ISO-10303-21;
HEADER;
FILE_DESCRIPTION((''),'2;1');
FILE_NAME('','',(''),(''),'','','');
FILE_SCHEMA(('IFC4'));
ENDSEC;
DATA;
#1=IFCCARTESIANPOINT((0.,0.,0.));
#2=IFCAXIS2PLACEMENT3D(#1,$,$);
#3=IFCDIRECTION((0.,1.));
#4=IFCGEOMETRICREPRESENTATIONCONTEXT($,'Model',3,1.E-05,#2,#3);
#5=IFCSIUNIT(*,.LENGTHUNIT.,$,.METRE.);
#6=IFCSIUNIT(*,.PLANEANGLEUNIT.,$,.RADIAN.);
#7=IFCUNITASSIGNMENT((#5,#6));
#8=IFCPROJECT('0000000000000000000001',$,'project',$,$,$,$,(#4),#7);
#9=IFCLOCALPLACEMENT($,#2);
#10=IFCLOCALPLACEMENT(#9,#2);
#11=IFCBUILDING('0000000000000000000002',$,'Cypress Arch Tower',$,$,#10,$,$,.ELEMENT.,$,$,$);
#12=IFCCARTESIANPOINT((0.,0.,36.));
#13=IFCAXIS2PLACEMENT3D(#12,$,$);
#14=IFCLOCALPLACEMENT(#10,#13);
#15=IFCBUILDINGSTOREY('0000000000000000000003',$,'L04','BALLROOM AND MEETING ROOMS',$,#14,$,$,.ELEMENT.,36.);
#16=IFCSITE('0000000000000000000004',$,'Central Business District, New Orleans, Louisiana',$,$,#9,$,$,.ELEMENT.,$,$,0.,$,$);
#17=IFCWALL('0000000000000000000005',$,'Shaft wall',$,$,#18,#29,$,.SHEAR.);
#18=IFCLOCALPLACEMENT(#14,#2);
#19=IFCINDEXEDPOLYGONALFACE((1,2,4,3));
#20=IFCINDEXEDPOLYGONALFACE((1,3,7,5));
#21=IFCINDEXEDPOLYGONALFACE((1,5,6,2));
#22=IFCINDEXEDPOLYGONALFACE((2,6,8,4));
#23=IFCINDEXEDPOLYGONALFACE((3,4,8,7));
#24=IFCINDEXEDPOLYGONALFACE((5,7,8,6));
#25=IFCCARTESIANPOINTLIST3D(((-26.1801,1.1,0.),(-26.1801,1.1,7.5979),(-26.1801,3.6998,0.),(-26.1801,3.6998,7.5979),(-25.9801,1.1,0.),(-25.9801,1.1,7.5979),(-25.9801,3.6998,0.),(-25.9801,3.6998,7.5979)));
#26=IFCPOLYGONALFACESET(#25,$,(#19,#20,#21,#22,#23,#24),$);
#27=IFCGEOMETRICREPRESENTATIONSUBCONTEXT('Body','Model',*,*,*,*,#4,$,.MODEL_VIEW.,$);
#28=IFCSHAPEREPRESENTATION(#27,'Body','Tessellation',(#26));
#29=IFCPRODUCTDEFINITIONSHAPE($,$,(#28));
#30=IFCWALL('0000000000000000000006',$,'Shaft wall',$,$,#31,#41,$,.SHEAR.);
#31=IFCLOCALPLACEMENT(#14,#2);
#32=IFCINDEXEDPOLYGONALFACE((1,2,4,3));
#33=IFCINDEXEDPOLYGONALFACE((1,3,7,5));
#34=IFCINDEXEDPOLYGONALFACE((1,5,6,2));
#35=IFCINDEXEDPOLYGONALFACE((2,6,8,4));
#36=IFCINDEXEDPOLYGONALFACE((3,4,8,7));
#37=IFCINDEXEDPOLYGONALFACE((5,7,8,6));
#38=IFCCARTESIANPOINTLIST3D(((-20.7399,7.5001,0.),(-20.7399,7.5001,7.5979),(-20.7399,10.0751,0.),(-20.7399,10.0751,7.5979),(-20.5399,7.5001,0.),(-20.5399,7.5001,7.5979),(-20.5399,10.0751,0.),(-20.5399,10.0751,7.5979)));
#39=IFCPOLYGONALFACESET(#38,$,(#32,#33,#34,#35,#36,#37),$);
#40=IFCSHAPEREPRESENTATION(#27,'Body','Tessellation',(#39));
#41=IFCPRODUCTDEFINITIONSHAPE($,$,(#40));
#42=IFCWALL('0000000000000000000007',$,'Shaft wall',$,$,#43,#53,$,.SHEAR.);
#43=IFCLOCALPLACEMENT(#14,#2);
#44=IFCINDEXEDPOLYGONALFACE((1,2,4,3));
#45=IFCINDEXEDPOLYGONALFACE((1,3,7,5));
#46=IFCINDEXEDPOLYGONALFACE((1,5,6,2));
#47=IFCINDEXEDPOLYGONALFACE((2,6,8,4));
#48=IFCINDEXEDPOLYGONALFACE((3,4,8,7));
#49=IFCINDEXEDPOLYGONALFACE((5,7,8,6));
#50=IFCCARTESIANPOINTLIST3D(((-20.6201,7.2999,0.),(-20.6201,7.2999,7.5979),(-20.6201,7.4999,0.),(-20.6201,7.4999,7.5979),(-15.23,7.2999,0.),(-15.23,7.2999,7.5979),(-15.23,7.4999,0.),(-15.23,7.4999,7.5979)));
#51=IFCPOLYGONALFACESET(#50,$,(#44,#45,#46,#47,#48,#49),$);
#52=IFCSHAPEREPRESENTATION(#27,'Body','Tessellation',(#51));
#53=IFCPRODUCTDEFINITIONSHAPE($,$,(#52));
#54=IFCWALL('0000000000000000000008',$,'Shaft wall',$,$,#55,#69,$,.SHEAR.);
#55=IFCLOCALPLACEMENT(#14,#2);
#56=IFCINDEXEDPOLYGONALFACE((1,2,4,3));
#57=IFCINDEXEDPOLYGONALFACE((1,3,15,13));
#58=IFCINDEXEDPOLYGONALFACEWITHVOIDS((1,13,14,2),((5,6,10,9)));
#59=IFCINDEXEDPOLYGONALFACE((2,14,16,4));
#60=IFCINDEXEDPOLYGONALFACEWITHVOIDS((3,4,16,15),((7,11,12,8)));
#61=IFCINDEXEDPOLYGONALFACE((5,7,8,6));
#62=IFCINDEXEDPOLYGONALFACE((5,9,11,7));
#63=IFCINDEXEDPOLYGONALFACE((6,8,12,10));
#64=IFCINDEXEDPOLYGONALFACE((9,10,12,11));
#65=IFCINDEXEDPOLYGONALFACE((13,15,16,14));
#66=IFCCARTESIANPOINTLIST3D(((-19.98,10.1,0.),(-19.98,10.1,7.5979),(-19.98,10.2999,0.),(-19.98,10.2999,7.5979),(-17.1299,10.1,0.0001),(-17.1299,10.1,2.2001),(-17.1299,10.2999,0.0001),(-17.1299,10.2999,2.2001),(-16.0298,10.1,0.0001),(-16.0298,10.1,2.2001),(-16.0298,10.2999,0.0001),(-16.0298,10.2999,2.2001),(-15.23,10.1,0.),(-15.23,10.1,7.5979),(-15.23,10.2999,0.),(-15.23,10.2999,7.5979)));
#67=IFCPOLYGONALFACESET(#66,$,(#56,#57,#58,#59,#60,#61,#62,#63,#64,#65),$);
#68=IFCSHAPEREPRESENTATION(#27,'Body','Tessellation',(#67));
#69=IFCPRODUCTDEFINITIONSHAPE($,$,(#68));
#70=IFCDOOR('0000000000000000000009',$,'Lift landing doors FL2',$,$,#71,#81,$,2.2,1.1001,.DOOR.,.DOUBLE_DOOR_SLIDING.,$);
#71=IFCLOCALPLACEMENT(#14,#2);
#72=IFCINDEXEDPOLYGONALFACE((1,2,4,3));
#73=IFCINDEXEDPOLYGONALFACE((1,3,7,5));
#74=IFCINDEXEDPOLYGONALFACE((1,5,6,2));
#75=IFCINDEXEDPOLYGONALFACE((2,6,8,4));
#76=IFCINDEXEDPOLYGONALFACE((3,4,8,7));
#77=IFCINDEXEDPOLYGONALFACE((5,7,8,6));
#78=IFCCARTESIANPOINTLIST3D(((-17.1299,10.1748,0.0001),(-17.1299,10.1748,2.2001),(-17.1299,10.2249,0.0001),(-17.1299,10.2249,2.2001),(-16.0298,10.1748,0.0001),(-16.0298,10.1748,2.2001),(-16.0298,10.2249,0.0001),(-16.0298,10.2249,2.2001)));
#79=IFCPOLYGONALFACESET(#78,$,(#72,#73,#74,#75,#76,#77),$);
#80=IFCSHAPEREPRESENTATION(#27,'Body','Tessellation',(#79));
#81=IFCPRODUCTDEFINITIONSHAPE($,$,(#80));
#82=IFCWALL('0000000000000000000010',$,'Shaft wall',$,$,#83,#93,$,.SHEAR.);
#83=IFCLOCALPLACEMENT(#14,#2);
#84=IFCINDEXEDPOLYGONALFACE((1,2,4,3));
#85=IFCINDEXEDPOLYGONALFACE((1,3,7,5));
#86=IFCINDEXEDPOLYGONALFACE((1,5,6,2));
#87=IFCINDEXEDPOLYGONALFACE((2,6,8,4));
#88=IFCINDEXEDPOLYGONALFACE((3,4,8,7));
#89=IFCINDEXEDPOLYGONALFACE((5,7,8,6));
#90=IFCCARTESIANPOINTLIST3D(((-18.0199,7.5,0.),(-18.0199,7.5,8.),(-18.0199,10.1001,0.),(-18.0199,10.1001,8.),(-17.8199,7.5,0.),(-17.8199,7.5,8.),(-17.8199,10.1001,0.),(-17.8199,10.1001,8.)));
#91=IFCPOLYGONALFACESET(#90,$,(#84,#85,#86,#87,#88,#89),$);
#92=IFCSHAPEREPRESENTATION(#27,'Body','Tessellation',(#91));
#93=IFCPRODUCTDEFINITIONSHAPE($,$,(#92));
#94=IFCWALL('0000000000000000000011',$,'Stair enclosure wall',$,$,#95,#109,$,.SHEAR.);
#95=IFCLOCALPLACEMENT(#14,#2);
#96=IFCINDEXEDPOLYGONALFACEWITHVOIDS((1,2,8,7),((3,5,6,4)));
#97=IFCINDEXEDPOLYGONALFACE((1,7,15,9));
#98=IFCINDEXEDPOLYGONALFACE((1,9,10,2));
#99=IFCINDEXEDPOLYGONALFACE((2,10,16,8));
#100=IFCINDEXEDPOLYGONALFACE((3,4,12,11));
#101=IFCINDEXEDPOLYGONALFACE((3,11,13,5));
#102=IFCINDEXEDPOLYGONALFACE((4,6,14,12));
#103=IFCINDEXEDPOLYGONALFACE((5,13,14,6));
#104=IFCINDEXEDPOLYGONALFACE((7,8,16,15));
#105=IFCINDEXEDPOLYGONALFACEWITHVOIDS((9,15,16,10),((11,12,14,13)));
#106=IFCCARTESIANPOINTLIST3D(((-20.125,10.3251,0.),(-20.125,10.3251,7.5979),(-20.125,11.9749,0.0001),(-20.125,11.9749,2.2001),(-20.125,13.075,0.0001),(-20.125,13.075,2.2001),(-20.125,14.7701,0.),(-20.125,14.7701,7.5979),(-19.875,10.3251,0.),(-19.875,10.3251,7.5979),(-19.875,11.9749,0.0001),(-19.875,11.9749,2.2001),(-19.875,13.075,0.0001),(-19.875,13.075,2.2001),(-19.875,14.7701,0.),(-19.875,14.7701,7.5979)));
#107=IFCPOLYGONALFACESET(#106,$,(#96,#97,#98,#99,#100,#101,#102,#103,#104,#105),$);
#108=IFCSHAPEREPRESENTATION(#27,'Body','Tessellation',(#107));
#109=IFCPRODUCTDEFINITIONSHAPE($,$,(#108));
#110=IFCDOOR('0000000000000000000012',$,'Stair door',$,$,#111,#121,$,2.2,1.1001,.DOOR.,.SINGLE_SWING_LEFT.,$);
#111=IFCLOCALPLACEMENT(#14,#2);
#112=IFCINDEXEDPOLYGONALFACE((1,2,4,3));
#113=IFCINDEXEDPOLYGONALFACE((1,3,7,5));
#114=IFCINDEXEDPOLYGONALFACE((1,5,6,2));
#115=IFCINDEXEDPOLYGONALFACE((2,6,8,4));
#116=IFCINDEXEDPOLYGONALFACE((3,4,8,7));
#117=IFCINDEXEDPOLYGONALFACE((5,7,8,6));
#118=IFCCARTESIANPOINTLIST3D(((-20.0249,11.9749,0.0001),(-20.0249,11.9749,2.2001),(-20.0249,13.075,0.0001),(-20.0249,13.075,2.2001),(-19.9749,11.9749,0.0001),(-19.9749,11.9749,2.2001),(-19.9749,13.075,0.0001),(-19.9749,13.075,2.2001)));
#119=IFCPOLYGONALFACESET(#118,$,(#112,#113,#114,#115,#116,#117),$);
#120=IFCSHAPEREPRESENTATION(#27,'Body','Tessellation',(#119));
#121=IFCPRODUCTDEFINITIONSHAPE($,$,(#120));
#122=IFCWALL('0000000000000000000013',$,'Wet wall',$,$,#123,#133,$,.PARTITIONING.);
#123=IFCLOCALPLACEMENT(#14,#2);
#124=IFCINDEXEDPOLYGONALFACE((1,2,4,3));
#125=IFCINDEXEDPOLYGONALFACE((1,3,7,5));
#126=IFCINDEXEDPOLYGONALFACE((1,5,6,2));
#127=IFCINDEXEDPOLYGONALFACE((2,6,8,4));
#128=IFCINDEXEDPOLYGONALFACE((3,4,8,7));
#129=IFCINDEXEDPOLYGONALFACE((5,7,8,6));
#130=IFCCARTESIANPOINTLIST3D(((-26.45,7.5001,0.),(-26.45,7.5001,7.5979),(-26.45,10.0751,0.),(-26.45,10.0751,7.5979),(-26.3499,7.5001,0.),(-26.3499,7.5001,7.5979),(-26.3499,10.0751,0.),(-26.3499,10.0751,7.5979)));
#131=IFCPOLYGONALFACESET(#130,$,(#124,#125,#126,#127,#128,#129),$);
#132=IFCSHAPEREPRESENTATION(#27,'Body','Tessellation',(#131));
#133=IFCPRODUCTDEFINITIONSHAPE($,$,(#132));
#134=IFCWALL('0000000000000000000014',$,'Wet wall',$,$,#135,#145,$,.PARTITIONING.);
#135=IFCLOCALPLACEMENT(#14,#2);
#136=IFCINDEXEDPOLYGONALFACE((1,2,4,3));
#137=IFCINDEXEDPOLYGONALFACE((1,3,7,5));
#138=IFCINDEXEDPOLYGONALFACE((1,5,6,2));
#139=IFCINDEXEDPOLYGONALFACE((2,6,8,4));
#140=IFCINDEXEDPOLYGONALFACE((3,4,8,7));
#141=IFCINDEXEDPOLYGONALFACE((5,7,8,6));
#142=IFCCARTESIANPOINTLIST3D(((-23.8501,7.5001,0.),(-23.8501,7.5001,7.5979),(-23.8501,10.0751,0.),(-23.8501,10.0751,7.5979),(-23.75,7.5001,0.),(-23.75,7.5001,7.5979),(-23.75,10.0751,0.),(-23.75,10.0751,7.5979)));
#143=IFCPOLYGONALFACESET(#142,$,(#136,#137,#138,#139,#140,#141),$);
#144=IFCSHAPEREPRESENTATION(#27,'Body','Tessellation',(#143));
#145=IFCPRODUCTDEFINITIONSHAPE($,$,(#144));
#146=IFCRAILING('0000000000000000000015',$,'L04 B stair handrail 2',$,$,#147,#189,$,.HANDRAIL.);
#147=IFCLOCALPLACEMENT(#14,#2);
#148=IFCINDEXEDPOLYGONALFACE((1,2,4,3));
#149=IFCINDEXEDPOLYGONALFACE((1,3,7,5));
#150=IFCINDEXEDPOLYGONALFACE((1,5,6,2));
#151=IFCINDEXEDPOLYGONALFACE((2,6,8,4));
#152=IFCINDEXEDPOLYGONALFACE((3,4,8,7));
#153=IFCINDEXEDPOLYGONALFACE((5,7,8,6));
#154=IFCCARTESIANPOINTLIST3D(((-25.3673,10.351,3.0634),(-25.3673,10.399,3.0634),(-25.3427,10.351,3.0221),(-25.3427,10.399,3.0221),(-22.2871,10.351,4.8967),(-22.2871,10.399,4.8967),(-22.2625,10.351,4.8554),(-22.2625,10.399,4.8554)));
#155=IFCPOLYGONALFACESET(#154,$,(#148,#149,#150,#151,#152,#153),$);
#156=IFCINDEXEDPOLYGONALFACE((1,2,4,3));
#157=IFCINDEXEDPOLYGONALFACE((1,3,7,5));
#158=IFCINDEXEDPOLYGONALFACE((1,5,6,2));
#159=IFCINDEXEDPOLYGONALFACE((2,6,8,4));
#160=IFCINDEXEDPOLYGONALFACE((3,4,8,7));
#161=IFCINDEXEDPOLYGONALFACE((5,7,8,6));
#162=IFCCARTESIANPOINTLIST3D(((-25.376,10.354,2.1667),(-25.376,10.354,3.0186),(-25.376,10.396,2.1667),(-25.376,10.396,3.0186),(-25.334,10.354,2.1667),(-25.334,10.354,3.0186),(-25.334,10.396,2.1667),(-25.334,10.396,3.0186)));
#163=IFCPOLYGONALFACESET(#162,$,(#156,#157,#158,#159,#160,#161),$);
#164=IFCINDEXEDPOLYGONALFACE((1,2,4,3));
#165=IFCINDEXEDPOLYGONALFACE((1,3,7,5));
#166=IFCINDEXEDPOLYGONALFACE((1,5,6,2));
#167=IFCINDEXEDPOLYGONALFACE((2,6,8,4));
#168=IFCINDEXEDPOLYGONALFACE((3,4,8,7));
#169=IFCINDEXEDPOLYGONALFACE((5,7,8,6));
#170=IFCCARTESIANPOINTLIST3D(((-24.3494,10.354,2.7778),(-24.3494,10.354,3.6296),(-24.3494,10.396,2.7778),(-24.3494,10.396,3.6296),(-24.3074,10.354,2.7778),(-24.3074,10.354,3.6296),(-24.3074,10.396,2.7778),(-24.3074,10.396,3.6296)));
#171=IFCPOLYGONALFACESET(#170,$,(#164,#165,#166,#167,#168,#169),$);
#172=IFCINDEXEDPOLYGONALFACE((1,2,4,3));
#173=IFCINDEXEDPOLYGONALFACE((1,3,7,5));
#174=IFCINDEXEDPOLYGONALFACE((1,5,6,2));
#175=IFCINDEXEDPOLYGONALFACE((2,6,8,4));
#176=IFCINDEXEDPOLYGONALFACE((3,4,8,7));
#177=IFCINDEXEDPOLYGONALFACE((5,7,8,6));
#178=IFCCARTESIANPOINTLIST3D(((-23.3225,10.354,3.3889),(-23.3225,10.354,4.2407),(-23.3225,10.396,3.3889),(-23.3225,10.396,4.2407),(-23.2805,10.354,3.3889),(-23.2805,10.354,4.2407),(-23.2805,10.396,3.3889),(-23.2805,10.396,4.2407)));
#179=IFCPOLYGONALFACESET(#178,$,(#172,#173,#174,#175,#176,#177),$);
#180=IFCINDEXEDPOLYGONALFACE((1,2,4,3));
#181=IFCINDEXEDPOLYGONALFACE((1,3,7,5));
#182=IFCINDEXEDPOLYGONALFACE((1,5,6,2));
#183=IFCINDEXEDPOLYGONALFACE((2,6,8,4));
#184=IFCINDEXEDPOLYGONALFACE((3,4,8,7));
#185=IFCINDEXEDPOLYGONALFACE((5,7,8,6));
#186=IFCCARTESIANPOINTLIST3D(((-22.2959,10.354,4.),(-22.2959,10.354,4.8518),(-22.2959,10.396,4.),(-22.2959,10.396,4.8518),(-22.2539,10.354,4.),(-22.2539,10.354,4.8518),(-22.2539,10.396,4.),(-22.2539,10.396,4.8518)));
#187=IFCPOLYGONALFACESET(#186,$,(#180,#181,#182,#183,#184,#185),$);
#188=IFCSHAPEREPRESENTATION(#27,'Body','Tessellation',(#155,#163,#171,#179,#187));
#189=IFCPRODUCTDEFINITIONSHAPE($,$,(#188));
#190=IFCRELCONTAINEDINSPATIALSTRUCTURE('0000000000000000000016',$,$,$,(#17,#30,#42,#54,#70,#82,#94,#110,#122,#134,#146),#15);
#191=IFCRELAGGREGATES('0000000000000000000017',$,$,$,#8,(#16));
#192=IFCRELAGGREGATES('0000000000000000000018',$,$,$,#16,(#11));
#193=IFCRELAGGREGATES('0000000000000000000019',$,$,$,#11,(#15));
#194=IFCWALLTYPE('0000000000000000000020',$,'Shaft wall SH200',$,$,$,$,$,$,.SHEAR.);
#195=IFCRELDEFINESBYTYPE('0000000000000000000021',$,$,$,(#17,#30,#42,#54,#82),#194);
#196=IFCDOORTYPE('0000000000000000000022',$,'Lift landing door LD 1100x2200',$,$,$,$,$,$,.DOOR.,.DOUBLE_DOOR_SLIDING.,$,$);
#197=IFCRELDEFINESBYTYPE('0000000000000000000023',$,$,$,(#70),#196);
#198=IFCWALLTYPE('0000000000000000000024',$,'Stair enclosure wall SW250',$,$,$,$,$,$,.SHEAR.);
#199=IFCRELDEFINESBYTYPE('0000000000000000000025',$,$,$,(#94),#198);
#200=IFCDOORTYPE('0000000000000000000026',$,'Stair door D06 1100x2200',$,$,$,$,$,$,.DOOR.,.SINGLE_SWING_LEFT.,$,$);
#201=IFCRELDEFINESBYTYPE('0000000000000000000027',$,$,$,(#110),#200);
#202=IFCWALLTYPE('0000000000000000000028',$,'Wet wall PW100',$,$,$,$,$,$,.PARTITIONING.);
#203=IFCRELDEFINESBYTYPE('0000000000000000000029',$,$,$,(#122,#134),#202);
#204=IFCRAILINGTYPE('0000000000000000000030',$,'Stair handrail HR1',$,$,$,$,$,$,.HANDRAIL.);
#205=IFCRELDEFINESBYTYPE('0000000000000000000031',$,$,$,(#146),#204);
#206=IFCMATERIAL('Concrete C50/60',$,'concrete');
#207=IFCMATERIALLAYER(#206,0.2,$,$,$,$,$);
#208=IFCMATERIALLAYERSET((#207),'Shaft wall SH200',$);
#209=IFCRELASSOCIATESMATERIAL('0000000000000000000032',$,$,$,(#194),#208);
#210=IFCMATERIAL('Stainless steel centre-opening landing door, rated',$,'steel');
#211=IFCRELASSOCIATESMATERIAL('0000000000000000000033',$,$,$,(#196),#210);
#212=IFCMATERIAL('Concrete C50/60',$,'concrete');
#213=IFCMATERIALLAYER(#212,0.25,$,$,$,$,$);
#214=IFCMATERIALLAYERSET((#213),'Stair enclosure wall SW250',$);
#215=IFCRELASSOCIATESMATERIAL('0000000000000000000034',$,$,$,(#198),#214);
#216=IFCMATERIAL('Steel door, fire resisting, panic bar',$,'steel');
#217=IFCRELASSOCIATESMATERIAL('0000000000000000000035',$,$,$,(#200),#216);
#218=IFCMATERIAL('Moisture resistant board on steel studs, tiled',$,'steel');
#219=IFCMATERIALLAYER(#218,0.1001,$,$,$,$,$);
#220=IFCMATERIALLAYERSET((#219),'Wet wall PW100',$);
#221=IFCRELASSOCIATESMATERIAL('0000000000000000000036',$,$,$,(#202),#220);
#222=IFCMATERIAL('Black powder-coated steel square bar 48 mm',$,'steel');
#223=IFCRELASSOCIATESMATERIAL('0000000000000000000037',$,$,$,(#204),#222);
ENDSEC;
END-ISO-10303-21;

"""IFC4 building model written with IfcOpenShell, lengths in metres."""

from ifc_helpers import new_model, si_unit, direction, frame, frame_2d, origin, origin_2d, place, context, subcontext, project, spatial, rectangle, extrude, material, layer, layer_set, type_object, element, fill, save


model = new_model("IFC4")

# Units and contexts
model_context = context("Model", 3, precision=1e-05, world=origin(), true_north=direction((0.0, 1.0)))
body_context = subcontext(model_context, "Body", "Model", "MODEL_VIEW")
ifc_project = project(units=[si_unit("LENGTHUNIT", "METRE"), si_unit("PLANEANGLEUNIT", "RADIAN")], contexts=[model_context])

# Site, building, storey
site_placement = place(None, origin())
site = spatial("IfcSite", under=ifc_project, at=site_placement, Name="Central Business District, New Orleans, Louisiana", CompositionType="ELEMENT", RefElevation=0.0)
building_placement = place(site_placement, origin())
building = spatial("IfcBuilding", under=site, at=building_placement, Name="Cypress Arch Tower", CompositionType="ELEMENT")
storey_placement = place(building_placement, frame((0.0, 0.0, 36.0)))
storey = spatial("IfcBuildingStorey", under=building, at=storey_placement, Name="L04", Description="BALLROOM AND MEETING ROOMS", CompositionType="ELEMENT", Elevation=36.0)

# Walls
ifc_material_1 = material(Name="Concrete C50/60", Category="concrete")
ifc_layer_1 = layer(ifc_material_1, 0.2)
ifc_layer_set_1 = layer_set([ifc_layer_1], Name="Shaft wall SH200")
wall_type_1 = type_object("IfcWallType", Name="Shaft wall SH200", PredefinedType="SHEAR", material=ifc_layer_set_1)
wall_1_placement = place(storey_placement, frame((-26.0801, 1.1001, 0.0), z_axis=(0.0, 0.0, 1.0), x_axis=(0.0, 1.0, 0.0)))
element("IfcWall", 1, at=wall_1_placement, inside=storey, type_object=wall_type_1, Name="Shaft wall", PredefinedType="SHEAR", context=body_context, shape_type="SweptSolid", body=[
    extrude(rectangle(XDim=2.5999, YDim=0.2, at=frame_2d((1.2998, 0.0))), origin(), (0.0, 0.0, 1.0), 7.5979),
])
wall_2_placement = place(storey_placement, frame((-20.6399, 7.5, 0.0), z_axis=(0.0, 0.0, 1.0), x_axis=(0.0, 1.0, 0.0)))
element("IfcWall", 2, at=wall_2_placement, inside=storey, type_object=wall_type_1, Name="Shaft wall", PredefinedType="SHEAR", context=body_context, shape_type="SweptSolid", body=[
    extrude(rectangle(XDim=2.575, YDim=0.2, at=frame_2d((1.2876, 0.0))), origin(), (0.0, 0.0, 1.0), 7.5979),
])
wall_3_placement = place(storey_placement, frame((-20.6201, 7.3999, 0.0), z_axis=(0.0, 0.0, 1.0), x_axis=(1.0, 0.0, 0.0)))
element("IfcWall", 3, at=wall_3_placement, inside=storey, type_object=wall_type_1, Name="Shaft wall", PredefinedType="SHEAR", context=body_context, shape_type="SweptSolid", body=[
    extrude(rectangle(XDim=5.3901, YDim=0.2, at=frame_2d((2.6951, 0.0))), origin(), (0.0, 0.0, 1.0), 7.5979),
])

# Wall, opening, door
wall_4_placement = place(storey_placement, frame((-19.98, 10.2, 0.0), z_axis=(0.0, 0.0, 1.0), x_axis=(1.0, 0.0, 0.0)))
wall_4 = element("IfcWall", 4, at=wall_4_placement, inside=storey, type_object=wall_type_1, Name="Shaft wall", PredefinedType="SHEAR", context=body_context, shape_type="SweptSolid", body=[
    extrude(rectangle(XDim=4.75, YDim=0.2, at=frame_2d((2.375, 0.0))), origin(), (0.0, 0.0, 1.0), 7.5979),
])
opening_1_placement = place(wall_4_placement, frame((2.8501, 0.0, 0.0)))
opening_1 = element("IfcOpeningElement", 5, at=opening_1_placement, cuts=wall_4, PredefinedType="OPENING", context=body_context, shape_type="SweptSolid", body=[
    extrude(rectangle(XDim=1.1001, YDim=2.2, at=frame_2d((0.55, 1.1001))), frame((0.0, 0.1099, 0.0), z_axis=(0.0, -1.0, 0.0), x_axis=(1.0, 0.0, 0.0)), (0.0, 0.0, 1.0), 0.22),
])
ifc_material_2 = material(Name="Stainless steel centre-opening landing door, rated", Category="steel")
door_type_1 = type_object("IfcDoorType", Name="Lift landing door LD 1100x2200", OperationType="DOUBLE_DOOR_SLIDING", PredefinedType="DOOR", material=ifc_material_2)
door_1_placement = place(opening_1_placement, origin())
door_1 = element("IfcDoor", 6, at=door_1_placement, inside=storey, type_object=door_type_1, Name="Lift landing doors FL2", OperationType="DOUBLE_DOOR_SLIDING", OverallHeight=2.2, OverallWidth=1.1001, PredefinedType="DOOR", context=body_context, shape_type="SweptSolid", body=[
    extrude(rectangle(XDim=1.1001, YDim=2.2, at=frame_2d((0.55, 1.1001))), frame((0.0, 0.0249, 0.0), z_axis=(0.0, -1.0, 0.0), x_axis=(1.0, 0.0, 0.0)), (0.0, 0.0, 1.0), 0.05),
])
fill(opening_1, door_1)

# Wall
wall_5_placement = place(storey_placement, frame((-17.9199, 7.5, 0.0), z_axis=(0.0, 0.0, 1.0), x_axis=(0.0, 1.0, 0.0)))
element("IfcWall", 7, at=wall_5_placement, inside=storey, type_object=wall_type_1, Name="Shaft wall", PredefinedType="SHEAR", context=body_context, shape_type="SweptSolid", body=[
    extrude(rectangle(XDim=2.6001, YDim=0.2, at=frame_2d((1.3, 0.0))), origin(), (0.0, 0.0, 1.0), 8.0),
])

# Wall, opening, door
ifc_material_3 = material(Name="Concrete C50/60", Category="concrete")
ifc_layer_2 = layer(ifc_material_3, 0.25)
ifc_layer_set_2 = layer_set([ifc_layer_2], Name="Stair enclosure wall SW250")
wall_type_2 = type_object("IfcWallType", Name="Stair enclosure wall SW250", PredefinedType="SHEAR", material=ifc_layer_set_2)
wall_6_placement = place(storey_placement, frame((-20.0, 10.325, 0.0), z_axis=(0.0, 0.0, 1.0), x_axis=(0.0, 1.0, 0.0)))
wall_6 = element("IfcWall", 8, at=wall_6_placement, inside=storey, type_object=wall_type_2, Name="Stair enclosure wall", PredefinedType="SHEAR", context=body_context, shape_type="SweptSolid", body=[
    extrude(rectangle(XDim=4.4451, YDim=0.25, at=frame_2d((2.2227, 0.0))), origin(), (0.0, 0.0, 1.0), 7.5979),
])
opening_2_placement = place(wall_6_placement, frame((1.6499, 0.0, 0.0)))
opening_2 = element("IfcOpeningElement", 9, at=opening_2_placement, cuts=wall_6, PredefinedType="OPENING", context=body_context, shape_type="SweptSolid", body=[
    extrude(rectangle(XDim=1.1001, YDim=2.2, at=frame_2d((0.55, 1.1001))), frame((0.0, 0.135, 0.0), z_axis=(0.0, -1.0, 0.0), x_axis=(1.0, 0.0, 0.0)), (0.0, 0.0, 1.0), 0.27),
])
ifc_material_4 = material(Name="Steel door, fire resisting, panic bar", Category="steel")
door_type_2 = type_object("IfcDoorType", Name="Stair door D06 1100x2200", OperationType="SINGLE_SWING_LEFT", PredefinedType="DOOR", material=ifc_material_4)
door_2_placement = place(opening_2_placement, origin())
door_2 = element("IfcDoor", 10, at=door_2_placement, inside=storey, type_object=door_type_2, Name="Stair door", OperationType="SINGLE_SWING_LEFT", OverallHeight=2.2, OverallWidth=1.1001, PredefinedType="DOOR", context=body_context, shape_type="SweptSolid", body=[
    extrude(rectangle(XDim=1.1001, YDim=2.2, at=frame_2d((0.55, 1.1001))), frame((0.0, 0.0249, 0.0), z_axis=(0.0, -1.0, 0.0), x_axis=(1.0, 0.0, 0.0)), (0.0, 0.0, 1.0), 0.05),
])
fill(opening_2, door_2)

# Walls
ifc_material_5 = material(Name="Moisture resistant board on steel studs, tiled", Category="steel")
ifc_layer_3 = layer(ifc_material_5, 0.1001)
ifc_layer_set_3 = layer_set([ifc_layer_3], Name="Wet wall PW100")
wall_type_3 = type_object("IfcWallType", Name="Wet wall PW100", PredefinedType="PARTITIONING", material=ifc_layer_set_3)
for number, where, z_axis, x_axis, name in (
    (11, (-26.3999, 7.5, 0.0), (0.0, 0.0, 1.0), (0.0, 1.0, 0.0), "Wet wall"),
    (12, (-23.8, 7.5, 0.0), (0.0, 0.0, 1.0), (0.0, 1.0, 0.0), "Wet wall"),
):
    element("IfcWall", number, at=place(storey_placement, frame(where, z_axis=z_axis, x_axis=x_axis)), inside=storey, type_object=wall_type_3, Name=name, PredefinedType="PARTITIONING", context=body_context, shape_type="SweptSolid", body=[
        extrude(rectangle(XDim=2.575, YDim=0.1001, at=frame_2d((1.2876, 0.0))), origin(), (0.0, 0.0, 1.0), 7.5979),
    ])

# Railing
ifc_material_6 = material(Name="Black powder-coated steel square bar 48 mm", Category="steel")
railing_type_1 = type_object("IfcRailingType", Name="Stair handrail HR1", PredefinedType="HANDRAIL", material=ifc_material_6)
for number, where, name in (
    (13, (-25.355, 10.375, 2.1667), "L04 B stair handrail 2"),
):
    element("IfcRailing", number, at=place(storey_placement, frame(where)), inside=storey, type_object=railing_type_1, Name=name, PredefinedType="HANDRAIL", context=body_context, shape_type="SweptSolid", body=[
        extrude(rectangle(XDim=0.0481, YDim=0.0481, at=origin_2d()), frame((0.0, 0.0, 0.876), z_axis=(0.859309, 0.0, 0.511458), x_axis=(0.0, 1.0, 0.0)), (0.0, 0.0, 1.0), 3.5845),
        extrude(rectangle(XDim=0.042, YDim=0.042, at=origin_2d()), origin(), (0.0, 0.0, 1.0), 0.8518),
        extrude(rectangle(XDim=0.042, YDim=0.042, at=origin_2d()), frame((1.0266, 0.0, 0.6111)), (0.0, 0.0, 1.0), 0.8518),
        extrude(rectangle(XDim=0.042, YDim=0.042, at=origin_2d()), frame((2.0535, 0.0, 1.2222)), (0.0, 0.0, 1.0), 0.8518),
        extrude(rectangle(XDim=0.042, YDim=0.042, at=origin_2d()), frame((3.0801, 0.0, 1.8333)), (0.0, 0.0, 1.0), 0.8518),
    ])

save(model, "model.ifc")
